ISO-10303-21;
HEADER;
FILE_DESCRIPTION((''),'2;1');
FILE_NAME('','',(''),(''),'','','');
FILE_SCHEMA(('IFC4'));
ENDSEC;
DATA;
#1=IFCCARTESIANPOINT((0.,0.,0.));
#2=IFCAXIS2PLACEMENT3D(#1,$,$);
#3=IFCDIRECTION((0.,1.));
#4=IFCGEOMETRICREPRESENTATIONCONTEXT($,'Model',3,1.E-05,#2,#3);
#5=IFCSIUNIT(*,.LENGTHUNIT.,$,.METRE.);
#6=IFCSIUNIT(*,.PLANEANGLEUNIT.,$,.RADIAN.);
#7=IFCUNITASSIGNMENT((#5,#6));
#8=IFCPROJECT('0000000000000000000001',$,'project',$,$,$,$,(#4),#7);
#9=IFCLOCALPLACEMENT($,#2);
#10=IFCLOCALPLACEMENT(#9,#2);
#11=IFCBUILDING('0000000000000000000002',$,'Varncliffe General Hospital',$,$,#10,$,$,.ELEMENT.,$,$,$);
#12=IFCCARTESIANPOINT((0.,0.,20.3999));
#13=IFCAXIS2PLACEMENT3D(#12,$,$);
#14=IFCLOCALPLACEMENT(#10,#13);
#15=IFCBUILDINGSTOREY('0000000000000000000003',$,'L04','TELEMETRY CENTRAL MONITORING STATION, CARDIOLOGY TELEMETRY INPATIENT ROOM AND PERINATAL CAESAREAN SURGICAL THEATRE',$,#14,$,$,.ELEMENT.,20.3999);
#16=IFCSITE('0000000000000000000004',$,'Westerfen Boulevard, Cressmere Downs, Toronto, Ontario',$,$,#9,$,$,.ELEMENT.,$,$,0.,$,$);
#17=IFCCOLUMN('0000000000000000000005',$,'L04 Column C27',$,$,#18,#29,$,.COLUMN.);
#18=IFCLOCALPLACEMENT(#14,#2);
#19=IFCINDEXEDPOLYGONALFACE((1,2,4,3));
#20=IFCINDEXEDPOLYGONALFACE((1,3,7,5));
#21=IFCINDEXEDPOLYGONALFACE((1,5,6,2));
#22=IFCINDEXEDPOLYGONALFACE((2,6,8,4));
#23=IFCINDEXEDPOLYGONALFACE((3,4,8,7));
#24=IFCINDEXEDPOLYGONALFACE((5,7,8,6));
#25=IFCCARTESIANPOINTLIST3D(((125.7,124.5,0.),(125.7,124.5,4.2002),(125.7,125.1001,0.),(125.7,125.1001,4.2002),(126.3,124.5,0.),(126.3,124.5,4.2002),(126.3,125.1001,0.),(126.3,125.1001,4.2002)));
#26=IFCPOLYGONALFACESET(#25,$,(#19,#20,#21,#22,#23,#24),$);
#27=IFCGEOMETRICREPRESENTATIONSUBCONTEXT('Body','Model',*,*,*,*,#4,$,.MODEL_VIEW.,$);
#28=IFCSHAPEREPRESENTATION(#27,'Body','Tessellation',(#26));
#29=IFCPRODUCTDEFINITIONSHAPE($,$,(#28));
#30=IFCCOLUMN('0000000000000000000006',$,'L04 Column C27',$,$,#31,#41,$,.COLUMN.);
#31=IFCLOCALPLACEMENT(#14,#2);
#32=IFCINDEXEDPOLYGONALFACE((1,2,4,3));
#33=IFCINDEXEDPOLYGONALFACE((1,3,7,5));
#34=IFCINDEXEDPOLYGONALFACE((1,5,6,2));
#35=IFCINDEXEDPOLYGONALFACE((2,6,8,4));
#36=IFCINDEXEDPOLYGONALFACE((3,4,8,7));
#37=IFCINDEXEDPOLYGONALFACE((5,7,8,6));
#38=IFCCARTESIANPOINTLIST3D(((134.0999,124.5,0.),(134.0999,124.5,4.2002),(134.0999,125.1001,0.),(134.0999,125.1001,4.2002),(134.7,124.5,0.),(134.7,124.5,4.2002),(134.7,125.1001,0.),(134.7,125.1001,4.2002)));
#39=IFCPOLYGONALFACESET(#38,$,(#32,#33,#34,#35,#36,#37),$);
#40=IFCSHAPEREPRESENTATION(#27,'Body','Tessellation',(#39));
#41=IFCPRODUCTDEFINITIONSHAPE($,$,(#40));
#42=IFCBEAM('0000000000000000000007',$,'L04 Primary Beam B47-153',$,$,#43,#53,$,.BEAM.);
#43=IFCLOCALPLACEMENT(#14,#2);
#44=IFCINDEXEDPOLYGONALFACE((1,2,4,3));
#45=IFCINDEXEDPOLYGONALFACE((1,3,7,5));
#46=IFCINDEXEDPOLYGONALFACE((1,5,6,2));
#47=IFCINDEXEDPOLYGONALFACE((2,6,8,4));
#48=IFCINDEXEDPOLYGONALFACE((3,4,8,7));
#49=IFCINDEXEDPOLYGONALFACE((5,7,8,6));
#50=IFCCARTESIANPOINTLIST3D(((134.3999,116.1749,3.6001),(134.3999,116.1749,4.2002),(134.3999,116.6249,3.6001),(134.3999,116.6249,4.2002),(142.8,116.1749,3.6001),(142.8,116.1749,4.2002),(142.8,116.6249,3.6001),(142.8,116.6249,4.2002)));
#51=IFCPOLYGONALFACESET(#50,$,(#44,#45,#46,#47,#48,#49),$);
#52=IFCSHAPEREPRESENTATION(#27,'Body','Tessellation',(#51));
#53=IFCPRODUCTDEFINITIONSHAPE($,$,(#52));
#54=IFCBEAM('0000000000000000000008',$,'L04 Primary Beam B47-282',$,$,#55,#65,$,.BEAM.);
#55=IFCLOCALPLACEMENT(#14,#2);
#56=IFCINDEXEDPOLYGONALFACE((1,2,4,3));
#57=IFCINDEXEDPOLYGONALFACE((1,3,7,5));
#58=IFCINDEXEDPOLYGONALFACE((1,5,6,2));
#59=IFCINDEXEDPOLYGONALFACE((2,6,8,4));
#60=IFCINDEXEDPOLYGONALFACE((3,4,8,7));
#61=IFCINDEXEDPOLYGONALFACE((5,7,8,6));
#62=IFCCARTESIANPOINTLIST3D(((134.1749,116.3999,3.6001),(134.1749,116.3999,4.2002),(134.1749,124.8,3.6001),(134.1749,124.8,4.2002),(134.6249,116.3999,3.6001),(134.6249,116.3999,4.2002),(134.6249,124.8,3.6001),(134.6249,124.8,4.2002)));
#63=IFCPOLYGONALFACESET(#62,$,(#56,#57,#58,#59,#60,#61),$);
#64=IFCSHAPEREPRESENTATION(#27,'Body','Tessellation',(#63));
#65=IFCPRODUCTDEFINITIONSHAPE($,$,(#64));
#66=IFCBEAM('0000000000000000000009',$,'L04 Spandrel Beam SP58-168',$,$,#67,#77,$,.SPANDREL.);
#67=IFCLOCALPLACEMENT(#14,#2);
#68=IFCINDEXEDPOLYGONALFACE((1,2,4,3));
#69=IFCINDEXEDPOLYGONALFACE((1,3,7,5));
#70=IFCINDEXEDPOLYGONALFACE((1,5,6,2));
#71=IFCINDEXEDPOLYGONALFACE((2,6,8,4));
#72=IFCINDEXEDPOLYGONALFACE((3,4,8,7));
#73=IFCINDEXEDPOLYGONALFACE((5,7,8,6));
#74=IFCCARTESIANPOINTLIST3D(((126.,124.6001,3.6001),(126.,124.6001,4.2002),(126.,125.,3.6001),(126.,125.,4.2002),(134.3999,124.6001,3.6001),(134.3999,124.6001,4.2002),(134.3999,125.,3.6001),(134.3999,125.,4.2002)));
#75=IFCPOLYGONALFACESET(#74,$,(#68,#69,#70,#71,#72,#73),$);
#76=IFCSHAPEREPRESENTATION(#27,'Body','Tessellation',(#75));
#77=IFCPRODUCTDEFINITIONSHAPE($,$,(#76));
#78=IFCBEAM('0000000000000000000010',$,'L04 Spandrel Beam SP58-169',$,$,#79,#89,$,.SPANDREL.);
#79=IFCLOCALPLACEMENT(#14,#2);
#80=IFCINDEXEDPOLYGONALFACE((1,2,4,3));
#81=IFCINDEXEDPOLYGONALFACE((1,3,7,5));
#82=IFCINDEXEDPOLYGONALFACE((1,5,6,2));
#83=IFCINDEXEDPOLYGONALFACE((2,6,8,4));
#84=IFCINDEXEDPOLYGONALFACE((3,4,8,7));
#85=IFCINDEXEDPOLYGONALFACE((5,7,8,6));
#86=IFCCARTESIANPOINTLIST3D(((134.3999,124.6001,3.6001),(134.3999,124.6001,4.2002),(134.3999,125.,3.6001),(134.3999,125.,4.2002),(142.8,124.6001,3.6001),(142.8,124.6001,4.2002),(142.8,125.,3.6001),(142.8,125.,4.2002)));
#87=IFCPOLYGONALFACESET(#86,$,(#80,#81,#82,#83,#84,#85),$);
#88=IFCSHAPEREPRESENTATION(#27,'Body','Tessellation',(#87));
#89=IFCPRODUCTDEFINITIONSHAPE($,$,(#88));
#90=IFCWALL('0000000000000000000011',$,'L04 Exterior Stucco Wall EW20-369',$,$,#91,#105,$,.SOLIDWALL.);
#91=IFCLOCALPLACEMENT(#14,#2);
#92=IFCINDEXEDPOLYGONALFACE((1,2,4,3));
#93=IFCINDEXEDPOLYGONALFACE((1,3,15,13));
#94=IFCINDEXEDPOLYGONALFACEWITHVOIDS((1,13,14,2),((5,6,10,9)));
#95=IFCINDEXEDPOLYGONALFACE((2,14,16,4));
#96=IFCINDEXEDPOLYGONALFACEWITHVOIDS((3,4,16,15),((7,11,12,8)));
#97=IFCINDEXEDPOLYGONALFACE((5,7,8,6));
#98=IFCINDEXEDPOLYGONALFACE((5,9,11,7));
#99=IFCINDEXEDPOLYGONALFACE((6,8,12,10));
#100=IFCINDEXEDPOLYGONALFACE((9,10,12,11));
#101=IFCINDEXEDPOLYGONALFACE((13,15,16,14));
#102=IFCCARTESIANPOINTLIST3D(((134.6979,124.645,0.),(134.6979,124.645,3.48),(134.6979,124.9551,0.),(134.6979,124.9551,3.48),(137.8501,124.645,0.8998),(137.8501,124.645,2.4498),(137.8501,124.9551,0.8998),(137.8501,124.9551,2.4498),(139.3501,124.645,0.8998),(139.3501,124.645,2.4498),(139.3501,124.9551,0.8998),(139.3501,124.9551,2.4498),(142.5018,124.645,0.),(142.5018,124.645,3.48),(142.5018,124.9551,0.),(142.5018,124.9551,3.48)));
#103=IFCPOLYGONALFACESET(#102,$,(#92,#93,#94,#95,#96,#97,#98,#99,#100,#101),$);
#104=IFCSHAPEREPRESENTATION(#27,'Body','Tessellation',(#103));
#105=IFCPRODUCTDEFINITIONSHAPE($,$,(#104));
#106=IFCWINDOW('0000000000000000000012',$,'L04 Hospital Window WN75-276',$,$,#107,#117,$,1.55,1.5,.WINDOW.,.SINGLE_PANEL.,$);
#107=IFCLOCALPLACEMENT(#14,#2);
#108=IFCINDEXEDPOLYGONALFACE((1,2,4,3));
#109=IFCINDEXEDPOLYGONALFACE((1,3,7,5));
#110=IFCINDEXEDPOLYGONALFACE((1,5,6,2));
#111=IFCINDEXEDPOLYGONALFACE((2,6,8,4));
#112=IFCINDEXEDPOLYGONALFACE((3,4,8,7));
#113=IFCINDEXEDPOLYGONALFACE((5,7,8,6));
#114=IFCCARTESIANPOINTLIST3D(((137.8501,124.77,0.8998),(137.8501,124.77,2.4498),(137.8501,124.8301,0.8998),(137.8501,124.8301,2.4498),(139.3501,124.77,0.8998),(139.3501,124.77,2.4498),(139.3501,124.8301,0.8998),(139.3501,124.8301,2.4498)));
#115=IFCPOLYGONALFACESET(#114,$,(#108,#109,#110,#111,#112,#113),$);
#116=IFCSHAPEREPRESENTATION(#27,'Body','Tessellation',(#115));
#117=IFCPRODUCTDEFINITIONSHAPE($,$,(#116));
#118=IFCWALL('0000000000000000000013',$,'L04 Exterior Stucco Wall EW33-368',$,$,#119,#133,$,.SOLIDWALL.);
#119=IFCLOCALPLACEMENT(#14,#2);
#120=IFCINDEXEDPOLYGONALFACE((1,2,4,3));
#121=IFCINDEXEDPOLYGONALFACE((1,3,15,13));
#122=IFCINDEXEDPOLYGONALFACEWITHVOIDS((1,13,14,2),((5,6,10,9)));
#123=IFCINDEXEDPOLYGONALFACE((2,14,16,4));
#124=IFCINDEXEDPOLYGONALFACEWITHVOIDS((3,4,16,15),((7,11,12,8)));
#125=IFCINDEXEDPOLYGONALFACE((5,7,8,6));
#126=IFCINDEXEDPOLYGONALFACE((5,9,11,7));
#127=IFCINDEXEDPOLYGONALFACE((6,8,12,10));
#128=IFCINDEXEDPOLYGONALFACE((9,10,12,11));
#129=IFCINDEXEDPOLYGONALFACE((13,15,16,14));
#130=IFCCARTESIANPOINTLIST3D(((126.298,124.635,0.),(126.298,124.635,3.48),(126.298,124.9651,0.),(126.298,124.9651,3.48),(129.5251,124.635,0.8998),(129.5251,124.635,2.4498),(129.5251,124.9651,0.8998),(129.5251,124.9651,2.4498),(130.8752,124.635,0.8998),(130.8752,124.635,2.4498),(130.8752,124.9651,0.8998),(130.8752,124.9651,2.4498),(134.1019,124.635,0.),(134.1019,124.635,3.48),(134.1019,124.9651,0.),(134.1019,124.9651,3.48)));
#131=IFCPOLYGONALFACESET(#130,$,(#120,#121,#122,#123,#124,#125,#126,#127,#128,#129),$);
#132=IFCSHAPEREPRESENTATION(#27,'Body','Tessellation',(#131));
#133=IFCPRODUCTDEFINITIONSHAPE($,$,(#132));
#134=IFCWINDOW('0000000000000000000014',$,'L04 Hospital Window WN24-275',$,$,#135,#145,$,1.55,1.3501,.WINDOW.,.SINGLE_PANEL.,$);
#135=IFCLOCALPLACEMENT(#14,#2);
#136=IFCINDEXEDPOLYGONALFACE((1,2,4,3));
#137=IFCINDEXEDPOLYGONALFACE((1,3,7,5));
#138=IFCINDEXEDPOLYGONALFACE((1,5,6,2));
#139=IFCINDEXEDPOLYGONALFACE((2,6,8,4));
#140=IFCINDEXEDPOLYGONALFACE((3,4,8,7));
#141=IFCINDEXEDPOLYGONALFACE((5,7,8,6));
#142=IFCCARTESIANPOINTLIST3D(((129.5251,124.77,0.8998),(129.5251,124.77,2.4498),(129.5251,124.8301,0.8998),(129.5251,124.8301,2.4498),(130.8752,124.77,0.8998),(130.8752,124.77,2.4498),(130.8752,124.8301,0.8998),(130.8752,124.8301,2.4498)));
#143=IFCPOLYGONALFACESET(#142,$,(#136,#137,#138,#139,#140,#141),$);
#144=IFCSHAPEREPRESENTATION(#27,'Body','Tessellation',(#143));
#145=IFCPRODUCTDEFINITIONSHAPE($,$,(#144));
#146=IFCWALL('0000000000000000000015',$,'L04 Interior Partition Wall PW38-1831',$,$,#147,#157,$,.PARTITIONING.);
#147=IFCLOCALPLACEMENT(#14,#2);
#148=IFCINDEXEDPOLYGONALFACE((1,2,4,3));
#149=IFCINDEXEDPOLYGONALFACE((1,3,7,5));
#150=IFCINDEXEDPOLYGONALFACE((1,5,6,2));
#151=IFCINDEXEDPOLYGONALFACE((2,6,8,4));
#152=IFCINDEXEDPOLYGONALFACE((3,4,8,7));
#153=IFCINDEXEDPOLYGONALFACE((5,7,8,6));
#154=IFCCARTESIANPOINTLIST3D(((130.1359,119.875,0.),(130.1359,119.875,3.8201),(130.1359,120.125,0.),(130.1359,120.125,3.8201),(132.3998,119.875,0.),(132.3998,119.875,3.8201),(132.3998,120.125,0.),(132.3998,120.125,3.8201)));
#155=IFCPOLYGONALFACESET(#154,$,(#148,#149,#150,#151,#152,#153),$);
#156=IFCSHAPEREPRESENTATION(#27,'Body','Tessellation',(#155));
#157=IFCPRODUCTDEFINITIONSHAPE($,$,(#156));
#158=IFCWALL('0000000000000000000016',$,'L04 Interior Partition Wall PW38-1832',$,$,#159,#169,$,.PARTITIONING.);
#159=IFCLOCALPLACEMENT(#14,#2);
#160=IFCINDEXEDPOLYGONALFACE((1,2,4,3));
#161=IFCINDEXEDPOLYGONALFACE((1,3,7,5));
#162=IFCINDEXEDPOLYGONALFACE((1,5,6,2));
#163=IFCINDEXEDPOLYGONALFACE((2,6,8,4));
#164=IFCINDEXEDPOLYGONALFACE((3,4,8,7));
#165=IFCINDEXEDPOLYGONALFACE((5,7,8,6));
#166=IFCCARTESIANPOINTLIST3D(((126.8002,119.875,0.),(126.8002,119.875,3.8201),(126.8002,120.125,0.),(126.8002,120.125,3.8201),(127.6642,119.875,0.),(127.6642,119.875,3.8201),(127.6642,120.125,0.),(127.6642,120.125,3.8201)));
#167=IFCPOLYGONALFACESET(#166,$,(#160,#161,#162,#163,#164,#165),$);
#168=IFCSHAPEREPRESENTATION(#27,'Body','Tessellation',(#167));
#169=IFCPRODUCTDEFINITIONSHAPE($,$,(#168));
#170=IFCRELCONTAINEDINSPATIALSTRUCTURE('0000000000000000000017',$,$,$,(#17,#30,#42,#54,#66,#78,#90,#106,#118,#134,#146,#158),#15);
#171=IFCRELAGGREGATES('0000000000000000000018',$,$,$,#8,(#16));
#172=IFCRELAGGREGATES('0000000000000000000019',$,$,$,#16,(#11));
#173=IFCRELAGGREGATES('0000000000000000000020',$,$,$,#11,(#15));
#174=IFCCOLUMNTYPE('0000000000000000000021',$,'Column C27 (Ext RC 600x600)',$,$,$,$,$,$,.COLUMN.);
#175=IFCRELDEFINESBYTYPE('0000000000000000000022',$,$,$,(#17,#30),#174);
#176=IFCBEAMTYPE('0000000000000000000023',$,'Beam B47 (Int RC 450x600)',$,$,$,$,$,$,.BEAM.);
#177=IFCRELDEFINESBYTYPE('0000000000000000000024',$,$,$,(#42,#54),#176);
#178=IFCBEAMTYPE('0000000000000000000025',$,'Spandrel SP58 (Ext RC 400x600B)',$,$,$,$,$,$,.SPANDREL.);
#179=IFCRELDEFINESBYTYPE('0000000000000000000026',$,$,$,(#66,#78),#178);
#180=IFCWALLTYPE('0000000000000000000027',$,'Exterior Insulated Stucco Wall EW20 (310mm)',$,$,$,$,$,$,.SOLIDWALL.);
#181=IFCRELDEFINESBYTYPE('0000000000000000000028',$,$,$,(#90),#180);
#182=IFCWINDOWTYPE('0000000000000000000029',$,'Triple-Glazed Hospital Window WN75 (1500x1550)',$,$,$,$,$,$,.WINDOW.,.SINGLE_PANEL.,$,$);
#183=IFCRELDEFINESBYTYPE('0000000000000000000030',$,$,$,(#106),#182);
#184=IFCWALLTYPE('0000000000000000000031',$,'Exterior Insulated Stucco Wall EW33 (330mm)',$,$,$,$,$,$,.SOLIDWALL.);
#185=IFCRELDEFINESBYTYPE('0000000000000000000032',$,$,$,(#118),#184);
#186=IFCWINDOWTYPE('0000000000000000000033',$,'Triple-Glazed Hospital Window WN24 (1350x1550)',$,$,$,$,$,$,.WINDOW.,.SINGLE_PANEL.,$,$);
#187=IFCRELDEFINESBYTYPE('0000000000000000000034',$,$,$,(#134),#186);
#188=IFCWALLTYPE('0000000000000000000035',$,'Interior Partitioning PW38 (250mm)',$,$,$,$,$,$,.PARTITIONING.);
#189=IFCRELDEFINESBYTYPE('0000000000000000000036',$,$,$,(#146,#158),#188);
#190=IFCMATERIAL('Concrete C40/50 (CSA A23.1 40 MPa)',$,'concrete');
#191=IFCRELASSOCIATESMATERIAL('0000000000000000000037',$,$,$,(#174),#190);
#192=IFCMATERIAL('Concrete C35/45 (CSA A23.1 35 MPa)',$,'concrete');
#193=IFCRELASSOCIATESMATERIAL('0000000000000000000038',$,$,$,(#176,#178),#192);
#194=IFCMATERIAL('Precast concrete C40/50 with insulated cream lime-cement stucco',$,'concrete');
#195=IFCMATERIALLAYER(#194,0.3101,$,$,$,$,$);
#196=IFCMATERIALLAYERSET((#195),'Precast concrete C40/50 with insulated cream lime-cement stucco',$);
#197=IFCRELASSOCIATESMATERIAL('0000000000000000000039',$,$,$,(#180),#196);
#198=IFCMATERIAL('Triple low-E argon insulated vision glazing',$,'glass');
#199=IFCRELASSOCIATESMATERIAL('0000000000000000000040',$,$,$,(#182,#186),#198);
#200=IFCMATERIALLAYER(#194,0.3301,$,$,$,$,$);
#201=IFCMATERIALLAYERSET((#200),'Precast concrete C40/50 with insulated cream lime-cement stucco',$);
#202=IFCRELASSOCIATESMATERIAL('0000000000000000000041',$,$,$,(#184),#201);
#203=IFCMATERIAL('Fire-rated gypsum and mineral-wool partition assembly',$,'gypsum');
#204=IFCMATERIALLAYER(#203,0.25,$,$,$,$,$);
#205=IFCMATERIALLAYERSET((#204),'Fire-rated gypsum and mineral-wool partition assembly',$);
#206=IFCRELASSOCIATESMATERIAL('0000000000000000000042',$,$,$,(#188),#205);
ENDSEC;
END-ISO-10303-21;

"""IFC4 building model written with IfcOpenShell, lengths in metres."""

from ifc_helpers import new_model, si_unit, direction, frame, frame_2d, origin, origin_2d, place, context, subcontext, project, spatial, rectangle, extrude, material, layer, layer_set, material_profile, profile_set, type_object, element, fill, save


model = new_model("IFC4")

# Units and contexts
model_context = context("Model", 3, precision=1e-05, world=origin(), true_north=direction((0.0, 1.0)))
body_context = subcontext(model_context, "Body", "Model", "MODEL_VIEW")
ifc_project = project(units=[si_unit("LENGTHUNIT", "METRE"), si_unit("PLANEANGLEUNIT", "RADIAN")], contexts=[model_context])

# Site, building, storey
site_placement = place(None, origin())
site = spatial("IfcSite", under=ifc_project, at=site_placement, Name="Westerfen Boulevard, Cressmere Downs, Toronto, Ontario", CompositionType="ELEMENT", RefElevation=0.0)
building_placement = place(site_placement, origin())
building = spatial("IfcBuilding", under=site, at=building_placement, Name="Varncliffe General Hospital", CompositionType="ELEMENT")
storey_placement = place(building_placement, frame((0.0, 0.0, 20.3999)))
storey = spatial("IfcBuildingStorey", under=building, at=storey_placement, Name="L04", Description="TELEMETRY CENTRAL MONITORING STATION, CARDIOLOGY TELEMETRY INPATIENT ROOM AND PERINATAL CAESAREAN SURGICAL THEATRE", CompositionType="ELEMENT", Elevation=20.3999)

# Columns
ifc_material_1 = material(Name="Concrete C40/50 (CSA A23.1 40 MPa)", Category="concrete")
ifc_material_profile_1 = material_profile(ifc_material_1, rectangle(XDim=0.6001, YDim=0.6001, at=origin_2d()), Name="RC 600x600")
ifc_profile_set_1 = profile_set([ifc_material_profile_1], Name="Concrete C40/50 (CSA A23.1 40 MPa)")
column_type = type_object("IfcColumnType", Name="Column C27 (Ext RC 600x600)", PredefinedType="COLUMN", material=ifc_profile_set_1)
for number, where, z_axis, x_axis, name in (
    (1, (126.0, 124.8, 0.0), (0.0, 0.0, 1.0), (1.0, 0.0, 0.0), "L04 Column C27"),
    (2, (134.3999, 124.8, 0.0), (0.0, 0.0, 1.0), (1.0, 0.0, 0.0), "L04 Column C27"),
):
    element("IfcColumn", number, at=place(storey_placement, frame(where, z_axis=z_axis, x_axis=x_axis)), inside=storey, type_object=column_type, Name=name, PredefinedType="COLUMN", context=body_context, shape_type="SweptSolid", body=[
        extrude(rectangle(XDim=0.6001, YDim=0.6001, at=origin_2d()), origin(), (0.0, 0.0, 1.0), 4.2002),
    ])

# Beams
ifc_material_2 = material(Name="Concrete C35/45 (CSA A23.1 35 MPa)", Category="concrete")
ifc_material_profile_2 = material_profile(ifc_material_2, rectangle(XDim=0.45, YDim=0.6001, at=origin_2d()), Name="RC 450x600")
ifc_profile_set_2 = profile_set([ifc_material_profile_2], Name="Concrete C35/45 (CSA A23.1 35 MPa)")
beam_type_1 = type_object("IfcBeamType", Name="Beam B47 (Int RC 450x600)", PredefinedType="BEAM", material=ifc_profile_set_2)
for number, where, z_axis, x_axis, name in (
    (3, (134.3999, 116.3999, 3.9001), (1.0, 0.0, 0.0), (0.0, 1.0, 0.0), "L04 Primary Beam B47-153"),
    (4, (134.3999, 116.3999, 3.9001), (0.0, 1.0, 0.0), (-1.0, 0.0, 0.0), "L04 Primary Beam B47-282"),
):
    element("IfcBeam", number, at=place(storey_placement, frame(where, z_axis=z_axis, x_axis=x_axis)), inside=storey, type_object=beam_type_1, Name=name, PredefinedType="BEAM", context=body_context, shape_type="SweptSolid", body=[
        extrude(rectangle(XDim=0.45, YDim=0.6001, at=origin_2d()), origin(), (0.0, 0.0, 1.0), 8.4001),
    ])
ifc_material_profile_3 = material_profile(ifc_material_2, rectangle(XDim=0.3999, YDim=0.6001, at=origin_2d()), Name="RC 400x600")
ifc_profile_set_3 = profile_set([ifc_material_profile_3], Name="Concrete C35/45 (CSA A23.1 35 MPa)")
beam_type_2 = type_object("IfcBeamType", Name="Spandrel SP58 (Ext RC 400x600B)", PredefinedType="SPANDREL", material=ifc_profile_set_3)
beam_1_placement = place(storey_placement, frame((126.0, 124.8, 3.9001), z_axis=(1.0, 0.0, 0.0), x_axis=(0.0, 1.0, 0.0)))
element("IfcBeam", 5, at=beam_1_placement, inside=storey, type_object=beam_type_2, Name="L04 Spandrel Beam SP58-168", PredefinedType="SPANDREL", context=body_context, shape_type="SweptSolid", body=[
    extrude(rectangle(XDim=0.3999, YDim=0.6001, at=origin_2d()), origin(), (0.0, 0.0, 1.0), 8.3999),
])
beam_2_placement = place(storey_placement, frame((134.3999, 124.8, 3.9001), z_axis=(1.0, 0.0, 0.0), x_axis=(0.0, 1.0, 0.0)))
element("IfcBeam", 6, at=beam_2_placement, inside=storey, type_object=beam_type_2, Name="L04 Spandrel Beam SP58-169", PredefinedType="SPANDREL", context=body_context, shape_type="SweptSolid", body=[
    extrude(rectangle(XDim=0.3999, YDim=0.6001, at=origin_2d()), origin(), (0.0, 0.0, 1.0), 8.4001),
])

# Walls, openings, windows
ifc_material_3 = material(Name="Precast concrete C40/50 with insulated cream lime-cement stucco", Category="concrete")
ifc_layer_1 = layer(ifc_material_3, 0.3101)
ifc_layer_set_1 = layer_set([ifc_layer_1], Name="Precast concrete C40/50 with insulated cream lime-cement stucco")
wall_type_1 = type_object("IfcWallType", Name="Exterior Insulated Stucco Wall EW20 (310mm)", PredefinedType="SOLIDWALL", material=ifc_layer_set_1)
wall_1_placement = place(storey_placement, frame((134.698, 124.8, 0.0), z_axis=(0.0, 0.0, 1.0), x_axis=(1.0, 0.0, 0.0)))
wall_1 = element("IfcWall", 7, at=wall_1_placement, inside=storey, type_object=wall_type_1, Name="L04 Exterior Stucco Wall EW20-369", PredefinedType="SOLIDWALL", context=body_context, shape_type="SweptSolid", body=[
    extrude(rectangle(XDim=7.804, YDim=0.3101, at=frame_2d((3.9019, 0.0))), origin(), (0.0, 0.0, 1.0), 3.48),
])
opening_1_placement = place(wall_1_placement, frame((3.1521, 0.0, 0.8999)))
opening_1 = element("IfcOpeningElement", 8, at=opening_1_placement, cuts=wall_1, PredefinedType="OPENING", context=body_context, shape_type="SweptSolid", body=[
    extrude(rectangle(XDim=1.5, YDim=1.55, at=frame_2d((0.75, 0.7749))), frame((0.0, 0.165, 0.0), z_axis=(0.0, -1.0, 0.0), x_axis=(1.0, 0.0, 0.0)), (0.0, 0.0, 1.0), 0.3301),
])
ifc_material_4 = material(Name="Triple low-E argon insulated vision glazing", Category="glass")
window_type_1 = type_object("IfcWindowType", Name="Triple-Glazed Hospital Window WN75 (1500x1550)", PartitioningType="SINGLE_PANEL", PredefinedType="WINDOW", material=ifc_material_4)
window_1_placement = place(opening_1_placement, origin())
window_1 = element("IfcWindow", 9, at=window_1_placement, inside=storey, type_object=window_type_1, Name="L04 Hospital Window WN75-276", OverallHeight=1.55, OverallWidth=1.5, PartitioningType="SINGLE_PANEL", PredefinedType="WINDOW", context=body_context, shape_type="SweptSolid", body=[
    extrude(rectangle(XDim=1.5, YDim=1.55, at=frame_2d((0.75, 0.7749))), frame((0.0, 0.03, 0.0), z_axis=(0.0, -1.0, 0.0), x_axis=(1.0, 0.0, 0.0)), (0.0, 0.0, 1.0), 0.0601),
])
fill(opening_1, window_1)
ifc_layer_2 = layer(ifc_material_3, 0.3301)
ifc_layer_set_2 = layer_set([ifc_layer_2], Name="Precast concrete C40/50 with insulated cream lime-cement stucco")
wall_type_2 = type_object("IfcWallType", Name="Exterior Insulated Stucco Wall EW33 (330mm)", PredefinedType="SOLIDWALL", material=ifc_layer_set_2)
wall_2_placement = place(storey_placement, frame((126.2981, 124.8, 0.0), z_axis=(0.0, 0.0, 1.0), x_axis=(1.0, 0.0, 0.0)))
wall_2 = element("IfcWall", 10, at=wall_2_placement, inside=storey, type_object=wall_type_2, Name="L04 Exterior Stucco Wall EW33-368", PredefinedType="SOLIDWALL", context=body_context, shape_type="SweptSolid", body=[
    extrude(rectangle(XDim=7.804, YDim=0.3301, at=frame_2d((3.9019, 0.0))), origin(), (0.0, 0.0, 1.0), 3.48),
])
opening_2_placement = place(wall_2_placement, frame((3.2271, 0.0, 0.8999)))
opening_2 = element("IfcOpeningElement", 11, at=opening_2_placement, cuts=wall_2, PredefinedType="OPENING", context=body_context, shape_type="SweptSolid", body=[
    extrude(rectangle(XDim=1.3501, YDim=1.55, at=frame_2d((0.675, 0.7749))), frame((0.0, 0.175, 0.0), z_axis=(0.0, -1.0, 0.0), x_axis=(1.0, 0.0, 0.0)), (0.0, 0.0, 1.0), 0.3501),
])
window_type_2 = type_object("IfcWindowType", Name="Triple-Glazed Hospital Window WN24 (1350x1550)", PartitioningType="SINGLE_PANEL", PredefinedType="WINDOW", material=ifc_material_4)
window_2_placement = place(opening_2_placement, origin())
window_2 = element("IfcWindow", 12, at=window_2_placement, inside=storey, type_object=window_type_2, Name="L04 Hospital Window WN24-275", OverallHeight=1.55, OverallWidth=1.3501, PartitioningType="SINGLE_PANEL", PredefinedType="WINDOW", context=body_context, shape_type="SweptSolid", body=[
    extrude(rectangle(XDim=1.3501, YDim=1.55, at=frame_2d((0.675, 0.7749))), frame((0.0, 0.03, 0.0), z_axis=(0.0, -1.0, 0.0), x_axis=(1.0, 0.0, 0.0)), (0.0, 0.0, 1.0), 0.0601),
])
fill(opening_2, window_2)

# Walls
ifc_material_5 = material(Name="Fire-rated gypsum and mineral-wool partition assembly", Category="gypsum")
ifc_layer_3 = layer(ifc_material_5, 0.25)
ifc_layer_set_3 = layer_set([ifc_layer_3], Name="Fire-rated gypsum and mineral-wool partition assembly")
wall_type_3 = type_object("IfcWallType", Name="Interior Partitioning PW38 (250mm)", PredefinedType="PARTITIONING", material=ifc_layer_set_3)
wall_3_placement = place(storey_placement, frame((130.136, 120.0, 0.0), z_axis=(0.0, 0.0, 1.0), x_axis=(1.0, 0.0, 0.0)))
element("IfcWall", 13, at=wall_3_placement, inside=storey, type_object=wall_type_3, Name="L04 Interior Partition Wall PW38-1831", PredefinedType="PARTITIONING", context=body_context, shape_type="SweptSolid", body=[
    extrude(rectangle(XDim=2.2639, YDim=0.25, at=frame_2d((1.1318, 0.0))), origin(), (0.0, 0.0, 1.0), 3.8201),
])
wall_4_placement = place(storey_placement, frame((126.8, 120.0, 0.0), z_axis=(0.0, 0.0, 1.0), x_axis=(1.0, 0.0, 0.0)))
element("IfcWall", 14, at=wall_4_placement, inside=storey, type_object=wall_type_3, Name="L04 Interior Partition Wall PW38-1832", PredefinedType="PARTITIONING", context=body_context, shape_type="SweptSolid", body=[
    extrude(rectangle(XDim=0.864, YDim=0.25, at=frame_2d((0.4321, 0.0))), origin(), (0.0, 0.0, 1.0), 3.8201),
])

save(model, "model.ifc")
